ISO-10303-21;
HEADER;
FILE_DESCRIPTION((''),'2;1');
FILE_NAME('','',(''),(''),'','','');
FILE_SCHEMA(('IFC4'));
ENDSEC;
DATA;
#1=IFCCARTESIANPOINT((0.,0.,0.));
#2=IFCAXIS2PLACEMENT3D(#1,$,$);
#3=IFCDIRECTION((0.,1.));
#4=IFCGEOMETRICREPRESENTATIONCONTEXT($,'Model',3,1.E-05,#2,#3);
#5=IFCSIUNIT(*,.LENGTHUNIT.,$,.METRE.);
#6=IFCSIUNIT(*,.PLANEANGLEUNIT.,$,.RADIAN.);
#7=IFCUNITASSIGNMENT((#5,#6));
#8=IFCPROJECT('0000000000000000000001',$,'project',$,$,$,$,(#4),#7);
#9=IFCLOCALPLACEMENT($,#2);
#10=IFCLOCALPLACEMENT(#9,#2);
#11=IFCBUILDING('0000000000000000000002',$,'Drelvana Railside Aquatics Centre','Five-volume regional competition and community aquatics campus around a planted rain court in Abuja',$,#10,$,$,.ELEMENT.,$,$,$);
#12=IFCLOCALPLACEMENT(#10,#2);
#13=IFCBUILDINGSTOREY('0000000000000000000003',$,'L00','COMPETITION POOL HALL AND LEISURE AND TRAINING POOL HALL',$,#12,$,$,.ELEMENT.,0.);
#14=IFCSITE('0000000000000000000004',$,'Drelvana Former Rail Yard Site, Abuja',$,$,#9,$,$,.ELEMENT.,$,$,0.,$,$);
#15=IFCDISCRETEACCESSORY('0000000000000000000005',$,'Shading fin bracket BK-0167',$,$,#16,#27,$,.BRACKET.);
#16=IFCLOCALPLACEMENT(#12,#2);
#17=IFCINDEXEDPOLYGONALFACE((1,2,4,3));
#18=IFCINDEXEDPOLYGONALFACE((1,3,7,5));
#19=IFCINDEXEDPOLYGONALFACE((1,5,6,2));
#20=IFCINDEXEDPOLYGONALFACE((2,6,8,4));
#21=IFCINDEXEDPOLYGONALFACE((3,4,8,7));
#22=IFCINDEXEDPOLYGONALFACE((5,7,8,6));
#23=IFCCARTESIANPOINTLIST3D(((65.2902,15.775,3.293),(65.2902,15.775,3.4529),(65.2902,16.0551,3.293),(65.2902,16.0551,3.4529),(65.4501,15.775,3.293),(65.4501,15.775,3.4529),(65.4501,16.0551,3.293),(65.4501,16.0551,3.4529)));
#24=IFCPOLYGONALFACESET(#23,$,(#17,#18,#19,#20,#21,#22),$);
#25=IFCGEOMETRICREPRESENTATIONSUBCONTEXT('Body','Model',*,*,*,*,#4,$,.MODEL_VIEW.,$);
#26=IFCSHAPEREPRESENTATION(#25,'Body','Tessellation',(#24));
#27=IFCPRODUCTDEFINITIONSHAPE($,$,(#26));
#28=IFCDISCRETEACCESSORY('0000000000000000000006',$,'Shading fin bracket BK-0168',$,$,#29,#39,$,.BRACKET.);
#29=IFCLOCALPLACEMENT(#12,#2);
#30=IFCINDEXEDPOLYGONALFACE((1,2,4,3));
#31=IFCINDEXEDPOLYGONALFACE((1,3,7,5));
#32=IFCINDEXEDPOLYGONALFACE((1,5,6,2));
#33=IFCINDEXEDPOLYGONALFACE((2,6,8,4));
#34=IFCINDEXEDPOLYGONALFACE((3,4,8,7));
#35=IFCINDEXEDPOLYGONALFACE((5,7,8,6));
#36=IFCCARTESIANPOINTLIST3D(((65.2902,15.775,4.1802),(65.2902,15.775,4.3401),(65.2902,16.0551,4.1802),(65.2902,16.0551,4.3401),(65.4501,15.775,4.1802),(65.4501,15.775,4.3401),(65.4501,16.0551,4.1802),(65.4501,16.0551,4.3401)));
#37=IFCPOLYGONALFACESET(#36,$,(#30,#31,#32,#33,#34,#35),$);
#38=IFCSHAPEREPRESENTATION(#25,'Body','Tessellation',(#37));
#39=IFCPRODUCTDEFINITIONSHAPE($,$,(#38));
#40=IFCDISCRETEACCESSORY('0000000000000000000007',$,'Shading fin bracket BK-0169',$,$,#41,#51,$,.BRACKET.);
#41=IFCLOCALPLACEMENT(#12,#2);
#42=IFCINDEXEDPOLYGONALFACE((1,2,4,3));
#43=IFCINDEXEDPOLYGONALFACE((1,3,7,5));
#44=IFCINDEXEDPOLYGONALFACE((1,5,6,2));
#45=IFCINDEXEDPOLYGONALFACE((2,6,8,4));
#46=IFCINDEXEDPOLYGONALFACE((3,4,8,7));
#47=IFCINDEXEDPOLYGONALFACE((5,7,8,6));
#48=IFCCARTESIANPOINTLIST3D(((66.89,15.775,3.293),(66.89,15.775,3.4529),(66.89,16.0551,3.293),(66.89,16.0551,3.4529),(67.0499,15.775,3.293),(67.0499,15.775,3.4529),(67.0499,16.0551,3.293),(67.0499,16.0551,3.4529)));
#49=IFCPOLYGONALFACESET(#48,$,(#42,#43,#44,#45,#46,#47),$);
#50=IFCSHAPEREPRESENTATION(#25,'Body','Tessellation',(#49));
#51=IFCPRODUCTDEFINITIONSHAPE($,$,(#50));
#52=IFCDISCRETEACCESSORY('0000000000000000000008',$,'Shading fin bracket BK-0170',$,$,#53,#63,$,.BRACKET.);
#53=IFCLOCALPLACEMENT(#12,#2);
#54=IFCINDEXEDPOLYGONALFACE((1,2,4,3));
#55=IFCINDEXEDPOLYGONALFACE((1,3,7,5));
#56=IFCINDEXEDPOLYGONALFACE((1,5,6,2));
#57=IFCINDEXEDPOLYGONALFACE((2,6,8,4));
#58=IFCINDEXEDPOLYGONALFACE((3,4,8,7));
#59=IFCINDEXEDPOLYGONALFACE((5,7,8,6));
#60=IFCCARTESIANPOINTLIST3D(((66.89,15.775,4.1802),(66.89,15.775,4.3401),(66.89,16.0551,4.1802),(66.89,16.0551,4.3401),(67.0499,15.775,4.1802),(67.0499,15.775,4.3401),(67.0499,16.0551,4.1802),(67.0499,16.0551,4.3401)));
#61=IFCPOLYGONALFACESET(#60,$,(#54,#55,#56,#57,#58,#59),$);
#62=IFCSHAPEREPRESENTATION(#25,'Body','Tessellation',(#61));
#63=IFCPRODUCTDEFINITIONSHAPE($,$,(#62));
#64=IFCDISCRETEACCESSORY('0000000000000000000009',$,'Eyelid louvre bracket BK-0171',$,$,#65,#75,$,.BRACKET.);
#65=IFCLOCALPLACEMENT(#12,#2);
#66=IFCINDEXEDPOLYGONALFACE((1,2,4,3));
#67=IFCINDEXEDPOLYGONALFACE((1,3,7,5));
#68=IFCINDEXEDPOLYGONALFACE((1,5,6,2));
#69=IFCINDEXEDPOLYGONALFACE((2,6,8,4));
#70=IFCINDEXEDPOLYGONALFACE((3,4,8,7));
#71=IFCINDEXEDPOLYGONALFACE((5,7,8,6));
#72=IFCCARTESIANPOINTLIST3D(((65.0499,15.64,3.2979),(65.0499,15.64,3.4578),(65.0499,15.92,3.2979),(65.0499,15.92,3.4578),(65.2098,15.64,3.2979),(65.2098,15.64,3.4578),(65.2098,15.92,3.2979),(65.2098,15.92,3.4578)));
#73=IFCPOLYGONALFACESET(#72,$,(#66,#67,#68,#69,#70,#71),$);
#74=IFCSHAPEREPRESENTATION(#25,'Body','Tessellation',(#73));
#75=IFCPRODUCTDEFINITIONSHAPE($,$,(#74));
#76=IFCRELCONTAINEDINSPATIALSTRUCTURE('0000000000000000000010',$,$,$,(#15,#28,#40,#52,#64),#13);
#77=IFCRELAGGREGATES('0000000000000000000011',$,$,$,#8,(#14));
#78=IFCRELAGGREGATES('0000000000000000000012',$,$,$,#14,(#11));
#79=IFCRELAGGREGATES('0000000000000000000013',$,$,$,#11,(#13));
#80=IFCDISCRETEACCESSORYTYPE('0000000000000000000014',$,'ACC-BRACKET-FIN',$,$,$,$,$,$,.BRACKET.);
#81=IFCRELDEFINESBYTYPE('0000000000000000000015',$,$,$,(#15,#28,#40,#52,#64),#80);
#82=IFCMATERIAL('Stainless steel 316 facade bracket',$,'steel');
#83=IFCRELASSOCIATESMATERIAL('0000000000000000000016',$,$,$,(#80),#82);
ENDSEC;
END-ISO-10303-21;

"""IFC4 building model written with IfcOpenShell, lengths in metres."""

from ifc_helpers import new_model, si_unit, direction, frame, origin, origin_2d, place, context, subcontext, project, spatial, rectangle, extrude, material, type_object, element, save


model = new_model("IFC4")

# Units and contexts
model_context = context("Model", 3, precision=1e-05, world=origin(), true_north=direction((0.0, 1.0)))
body_context = subcontext(model_context, "Body", "Model", "MODEL_VIEW")
ifc_project = project(units=[si_unit("LENGTHUNIT", "METRE"), si_unit("PLANEANGLEUNIT", "RADIAN")], contexts=[model_context])

# Site, building, storey
site_placement = place(None, origin())
site = spatial("IfcSite", under=ifc_project, at=site_placement, Name="Drelvana Former Rail Yard Site, Abuja", CompositionType="ELEMENT", RefElevation=0.0)
building_placement = place(site_placement, origin())
building = spatial("IfcBuilding", under=site, at=building_placement, Name="Drelvana Railside Aquatics Centre", Description="Five-volume regional competition and community aquatics campus around a planted rain court in Abuja", CompositionType="ELEMENT")
storey_placement = place(building_placement, origin())
storey = spatial("IfcBuildingStorey", under=building, at=storey_placement, Name="L00", Description="COMPETITION POOL HALL AND LEISURE AND TRAINING POOL HALL", CompositionType="ELEMENT", Elevation=0.0)

# Discrete accessories
ifc_material_1 = material(Name="Stainless steel 316 facade bracket", Category="steel")
discrete_accessory_type = type_object("IfcDiscreteAccessoryType", Name="ACC-BRACKET-FIN", PredefinedType="BRACKET", material=ifc_material_1)
for number, where, z_axis, x_axis, name in (
    (1, (65.3701, 15.915, 3.293), (0.0, 0.0, 1.0), (0.0, -1.0, 0.0), "Shading fin bracket BK-0167"),
    (2, (65.3701, 15.915, 4.1802), (0.0, 0.0, 1.0), (0.0, -1.0, 0.0), "Shading fin bracket BK-0168"),
    (3, (66.97, 15.915, 3.293), (0.0, 0.0, 1.0), (0.0, -1.0, 0.0), "Shading fin bracket BK-0169"),
    (4, (66.97, 15.915, 4.1802), (0.0, 0.0, 1.0), (0.0, -1.0, 0.0), "Shading fin bracket BK-0170"),
):
    element("IfcDiscreteAccessory", number, at=place(storey_placement, frame(where, z_axis=z_axis, x_axis=x_axis)), inside=storey, type_object=discrete_accessory_type, Name=name, PredefinedType="BRACKET", context=body_context, shape_type="SweptSolid", body=[
        extrude(rectangle(XDim=0.28, YDim=0.1599, at=origin_2d()), origin(), (0.0, 0.0, 1.0), 0.1599),
    ])
discrete_accessory_placement = place(storey_placement, frame((65.1299, 15.78, 3.2979), z_axis=(0.0, 0.0, 1.0), x_axis=(1.0, 0.0, 0.0)))
element("IfcDiscreteAccessory", 5, at=discrete_accessory_placement, inside=storey, type_object=discrete_accessory_type, Name="Eyelid louvre bracket BK-0171", PredefinedType="BRACKET", context=body_context, shape_type="SweptSolid", body=[
    extrude(rectangle(XDim=0.1599, YDim=0.28, at=origin_2d()), origin(), (0.0, 0.0, 1.0), 0.1599),
])

save(model, "model.ifc")
